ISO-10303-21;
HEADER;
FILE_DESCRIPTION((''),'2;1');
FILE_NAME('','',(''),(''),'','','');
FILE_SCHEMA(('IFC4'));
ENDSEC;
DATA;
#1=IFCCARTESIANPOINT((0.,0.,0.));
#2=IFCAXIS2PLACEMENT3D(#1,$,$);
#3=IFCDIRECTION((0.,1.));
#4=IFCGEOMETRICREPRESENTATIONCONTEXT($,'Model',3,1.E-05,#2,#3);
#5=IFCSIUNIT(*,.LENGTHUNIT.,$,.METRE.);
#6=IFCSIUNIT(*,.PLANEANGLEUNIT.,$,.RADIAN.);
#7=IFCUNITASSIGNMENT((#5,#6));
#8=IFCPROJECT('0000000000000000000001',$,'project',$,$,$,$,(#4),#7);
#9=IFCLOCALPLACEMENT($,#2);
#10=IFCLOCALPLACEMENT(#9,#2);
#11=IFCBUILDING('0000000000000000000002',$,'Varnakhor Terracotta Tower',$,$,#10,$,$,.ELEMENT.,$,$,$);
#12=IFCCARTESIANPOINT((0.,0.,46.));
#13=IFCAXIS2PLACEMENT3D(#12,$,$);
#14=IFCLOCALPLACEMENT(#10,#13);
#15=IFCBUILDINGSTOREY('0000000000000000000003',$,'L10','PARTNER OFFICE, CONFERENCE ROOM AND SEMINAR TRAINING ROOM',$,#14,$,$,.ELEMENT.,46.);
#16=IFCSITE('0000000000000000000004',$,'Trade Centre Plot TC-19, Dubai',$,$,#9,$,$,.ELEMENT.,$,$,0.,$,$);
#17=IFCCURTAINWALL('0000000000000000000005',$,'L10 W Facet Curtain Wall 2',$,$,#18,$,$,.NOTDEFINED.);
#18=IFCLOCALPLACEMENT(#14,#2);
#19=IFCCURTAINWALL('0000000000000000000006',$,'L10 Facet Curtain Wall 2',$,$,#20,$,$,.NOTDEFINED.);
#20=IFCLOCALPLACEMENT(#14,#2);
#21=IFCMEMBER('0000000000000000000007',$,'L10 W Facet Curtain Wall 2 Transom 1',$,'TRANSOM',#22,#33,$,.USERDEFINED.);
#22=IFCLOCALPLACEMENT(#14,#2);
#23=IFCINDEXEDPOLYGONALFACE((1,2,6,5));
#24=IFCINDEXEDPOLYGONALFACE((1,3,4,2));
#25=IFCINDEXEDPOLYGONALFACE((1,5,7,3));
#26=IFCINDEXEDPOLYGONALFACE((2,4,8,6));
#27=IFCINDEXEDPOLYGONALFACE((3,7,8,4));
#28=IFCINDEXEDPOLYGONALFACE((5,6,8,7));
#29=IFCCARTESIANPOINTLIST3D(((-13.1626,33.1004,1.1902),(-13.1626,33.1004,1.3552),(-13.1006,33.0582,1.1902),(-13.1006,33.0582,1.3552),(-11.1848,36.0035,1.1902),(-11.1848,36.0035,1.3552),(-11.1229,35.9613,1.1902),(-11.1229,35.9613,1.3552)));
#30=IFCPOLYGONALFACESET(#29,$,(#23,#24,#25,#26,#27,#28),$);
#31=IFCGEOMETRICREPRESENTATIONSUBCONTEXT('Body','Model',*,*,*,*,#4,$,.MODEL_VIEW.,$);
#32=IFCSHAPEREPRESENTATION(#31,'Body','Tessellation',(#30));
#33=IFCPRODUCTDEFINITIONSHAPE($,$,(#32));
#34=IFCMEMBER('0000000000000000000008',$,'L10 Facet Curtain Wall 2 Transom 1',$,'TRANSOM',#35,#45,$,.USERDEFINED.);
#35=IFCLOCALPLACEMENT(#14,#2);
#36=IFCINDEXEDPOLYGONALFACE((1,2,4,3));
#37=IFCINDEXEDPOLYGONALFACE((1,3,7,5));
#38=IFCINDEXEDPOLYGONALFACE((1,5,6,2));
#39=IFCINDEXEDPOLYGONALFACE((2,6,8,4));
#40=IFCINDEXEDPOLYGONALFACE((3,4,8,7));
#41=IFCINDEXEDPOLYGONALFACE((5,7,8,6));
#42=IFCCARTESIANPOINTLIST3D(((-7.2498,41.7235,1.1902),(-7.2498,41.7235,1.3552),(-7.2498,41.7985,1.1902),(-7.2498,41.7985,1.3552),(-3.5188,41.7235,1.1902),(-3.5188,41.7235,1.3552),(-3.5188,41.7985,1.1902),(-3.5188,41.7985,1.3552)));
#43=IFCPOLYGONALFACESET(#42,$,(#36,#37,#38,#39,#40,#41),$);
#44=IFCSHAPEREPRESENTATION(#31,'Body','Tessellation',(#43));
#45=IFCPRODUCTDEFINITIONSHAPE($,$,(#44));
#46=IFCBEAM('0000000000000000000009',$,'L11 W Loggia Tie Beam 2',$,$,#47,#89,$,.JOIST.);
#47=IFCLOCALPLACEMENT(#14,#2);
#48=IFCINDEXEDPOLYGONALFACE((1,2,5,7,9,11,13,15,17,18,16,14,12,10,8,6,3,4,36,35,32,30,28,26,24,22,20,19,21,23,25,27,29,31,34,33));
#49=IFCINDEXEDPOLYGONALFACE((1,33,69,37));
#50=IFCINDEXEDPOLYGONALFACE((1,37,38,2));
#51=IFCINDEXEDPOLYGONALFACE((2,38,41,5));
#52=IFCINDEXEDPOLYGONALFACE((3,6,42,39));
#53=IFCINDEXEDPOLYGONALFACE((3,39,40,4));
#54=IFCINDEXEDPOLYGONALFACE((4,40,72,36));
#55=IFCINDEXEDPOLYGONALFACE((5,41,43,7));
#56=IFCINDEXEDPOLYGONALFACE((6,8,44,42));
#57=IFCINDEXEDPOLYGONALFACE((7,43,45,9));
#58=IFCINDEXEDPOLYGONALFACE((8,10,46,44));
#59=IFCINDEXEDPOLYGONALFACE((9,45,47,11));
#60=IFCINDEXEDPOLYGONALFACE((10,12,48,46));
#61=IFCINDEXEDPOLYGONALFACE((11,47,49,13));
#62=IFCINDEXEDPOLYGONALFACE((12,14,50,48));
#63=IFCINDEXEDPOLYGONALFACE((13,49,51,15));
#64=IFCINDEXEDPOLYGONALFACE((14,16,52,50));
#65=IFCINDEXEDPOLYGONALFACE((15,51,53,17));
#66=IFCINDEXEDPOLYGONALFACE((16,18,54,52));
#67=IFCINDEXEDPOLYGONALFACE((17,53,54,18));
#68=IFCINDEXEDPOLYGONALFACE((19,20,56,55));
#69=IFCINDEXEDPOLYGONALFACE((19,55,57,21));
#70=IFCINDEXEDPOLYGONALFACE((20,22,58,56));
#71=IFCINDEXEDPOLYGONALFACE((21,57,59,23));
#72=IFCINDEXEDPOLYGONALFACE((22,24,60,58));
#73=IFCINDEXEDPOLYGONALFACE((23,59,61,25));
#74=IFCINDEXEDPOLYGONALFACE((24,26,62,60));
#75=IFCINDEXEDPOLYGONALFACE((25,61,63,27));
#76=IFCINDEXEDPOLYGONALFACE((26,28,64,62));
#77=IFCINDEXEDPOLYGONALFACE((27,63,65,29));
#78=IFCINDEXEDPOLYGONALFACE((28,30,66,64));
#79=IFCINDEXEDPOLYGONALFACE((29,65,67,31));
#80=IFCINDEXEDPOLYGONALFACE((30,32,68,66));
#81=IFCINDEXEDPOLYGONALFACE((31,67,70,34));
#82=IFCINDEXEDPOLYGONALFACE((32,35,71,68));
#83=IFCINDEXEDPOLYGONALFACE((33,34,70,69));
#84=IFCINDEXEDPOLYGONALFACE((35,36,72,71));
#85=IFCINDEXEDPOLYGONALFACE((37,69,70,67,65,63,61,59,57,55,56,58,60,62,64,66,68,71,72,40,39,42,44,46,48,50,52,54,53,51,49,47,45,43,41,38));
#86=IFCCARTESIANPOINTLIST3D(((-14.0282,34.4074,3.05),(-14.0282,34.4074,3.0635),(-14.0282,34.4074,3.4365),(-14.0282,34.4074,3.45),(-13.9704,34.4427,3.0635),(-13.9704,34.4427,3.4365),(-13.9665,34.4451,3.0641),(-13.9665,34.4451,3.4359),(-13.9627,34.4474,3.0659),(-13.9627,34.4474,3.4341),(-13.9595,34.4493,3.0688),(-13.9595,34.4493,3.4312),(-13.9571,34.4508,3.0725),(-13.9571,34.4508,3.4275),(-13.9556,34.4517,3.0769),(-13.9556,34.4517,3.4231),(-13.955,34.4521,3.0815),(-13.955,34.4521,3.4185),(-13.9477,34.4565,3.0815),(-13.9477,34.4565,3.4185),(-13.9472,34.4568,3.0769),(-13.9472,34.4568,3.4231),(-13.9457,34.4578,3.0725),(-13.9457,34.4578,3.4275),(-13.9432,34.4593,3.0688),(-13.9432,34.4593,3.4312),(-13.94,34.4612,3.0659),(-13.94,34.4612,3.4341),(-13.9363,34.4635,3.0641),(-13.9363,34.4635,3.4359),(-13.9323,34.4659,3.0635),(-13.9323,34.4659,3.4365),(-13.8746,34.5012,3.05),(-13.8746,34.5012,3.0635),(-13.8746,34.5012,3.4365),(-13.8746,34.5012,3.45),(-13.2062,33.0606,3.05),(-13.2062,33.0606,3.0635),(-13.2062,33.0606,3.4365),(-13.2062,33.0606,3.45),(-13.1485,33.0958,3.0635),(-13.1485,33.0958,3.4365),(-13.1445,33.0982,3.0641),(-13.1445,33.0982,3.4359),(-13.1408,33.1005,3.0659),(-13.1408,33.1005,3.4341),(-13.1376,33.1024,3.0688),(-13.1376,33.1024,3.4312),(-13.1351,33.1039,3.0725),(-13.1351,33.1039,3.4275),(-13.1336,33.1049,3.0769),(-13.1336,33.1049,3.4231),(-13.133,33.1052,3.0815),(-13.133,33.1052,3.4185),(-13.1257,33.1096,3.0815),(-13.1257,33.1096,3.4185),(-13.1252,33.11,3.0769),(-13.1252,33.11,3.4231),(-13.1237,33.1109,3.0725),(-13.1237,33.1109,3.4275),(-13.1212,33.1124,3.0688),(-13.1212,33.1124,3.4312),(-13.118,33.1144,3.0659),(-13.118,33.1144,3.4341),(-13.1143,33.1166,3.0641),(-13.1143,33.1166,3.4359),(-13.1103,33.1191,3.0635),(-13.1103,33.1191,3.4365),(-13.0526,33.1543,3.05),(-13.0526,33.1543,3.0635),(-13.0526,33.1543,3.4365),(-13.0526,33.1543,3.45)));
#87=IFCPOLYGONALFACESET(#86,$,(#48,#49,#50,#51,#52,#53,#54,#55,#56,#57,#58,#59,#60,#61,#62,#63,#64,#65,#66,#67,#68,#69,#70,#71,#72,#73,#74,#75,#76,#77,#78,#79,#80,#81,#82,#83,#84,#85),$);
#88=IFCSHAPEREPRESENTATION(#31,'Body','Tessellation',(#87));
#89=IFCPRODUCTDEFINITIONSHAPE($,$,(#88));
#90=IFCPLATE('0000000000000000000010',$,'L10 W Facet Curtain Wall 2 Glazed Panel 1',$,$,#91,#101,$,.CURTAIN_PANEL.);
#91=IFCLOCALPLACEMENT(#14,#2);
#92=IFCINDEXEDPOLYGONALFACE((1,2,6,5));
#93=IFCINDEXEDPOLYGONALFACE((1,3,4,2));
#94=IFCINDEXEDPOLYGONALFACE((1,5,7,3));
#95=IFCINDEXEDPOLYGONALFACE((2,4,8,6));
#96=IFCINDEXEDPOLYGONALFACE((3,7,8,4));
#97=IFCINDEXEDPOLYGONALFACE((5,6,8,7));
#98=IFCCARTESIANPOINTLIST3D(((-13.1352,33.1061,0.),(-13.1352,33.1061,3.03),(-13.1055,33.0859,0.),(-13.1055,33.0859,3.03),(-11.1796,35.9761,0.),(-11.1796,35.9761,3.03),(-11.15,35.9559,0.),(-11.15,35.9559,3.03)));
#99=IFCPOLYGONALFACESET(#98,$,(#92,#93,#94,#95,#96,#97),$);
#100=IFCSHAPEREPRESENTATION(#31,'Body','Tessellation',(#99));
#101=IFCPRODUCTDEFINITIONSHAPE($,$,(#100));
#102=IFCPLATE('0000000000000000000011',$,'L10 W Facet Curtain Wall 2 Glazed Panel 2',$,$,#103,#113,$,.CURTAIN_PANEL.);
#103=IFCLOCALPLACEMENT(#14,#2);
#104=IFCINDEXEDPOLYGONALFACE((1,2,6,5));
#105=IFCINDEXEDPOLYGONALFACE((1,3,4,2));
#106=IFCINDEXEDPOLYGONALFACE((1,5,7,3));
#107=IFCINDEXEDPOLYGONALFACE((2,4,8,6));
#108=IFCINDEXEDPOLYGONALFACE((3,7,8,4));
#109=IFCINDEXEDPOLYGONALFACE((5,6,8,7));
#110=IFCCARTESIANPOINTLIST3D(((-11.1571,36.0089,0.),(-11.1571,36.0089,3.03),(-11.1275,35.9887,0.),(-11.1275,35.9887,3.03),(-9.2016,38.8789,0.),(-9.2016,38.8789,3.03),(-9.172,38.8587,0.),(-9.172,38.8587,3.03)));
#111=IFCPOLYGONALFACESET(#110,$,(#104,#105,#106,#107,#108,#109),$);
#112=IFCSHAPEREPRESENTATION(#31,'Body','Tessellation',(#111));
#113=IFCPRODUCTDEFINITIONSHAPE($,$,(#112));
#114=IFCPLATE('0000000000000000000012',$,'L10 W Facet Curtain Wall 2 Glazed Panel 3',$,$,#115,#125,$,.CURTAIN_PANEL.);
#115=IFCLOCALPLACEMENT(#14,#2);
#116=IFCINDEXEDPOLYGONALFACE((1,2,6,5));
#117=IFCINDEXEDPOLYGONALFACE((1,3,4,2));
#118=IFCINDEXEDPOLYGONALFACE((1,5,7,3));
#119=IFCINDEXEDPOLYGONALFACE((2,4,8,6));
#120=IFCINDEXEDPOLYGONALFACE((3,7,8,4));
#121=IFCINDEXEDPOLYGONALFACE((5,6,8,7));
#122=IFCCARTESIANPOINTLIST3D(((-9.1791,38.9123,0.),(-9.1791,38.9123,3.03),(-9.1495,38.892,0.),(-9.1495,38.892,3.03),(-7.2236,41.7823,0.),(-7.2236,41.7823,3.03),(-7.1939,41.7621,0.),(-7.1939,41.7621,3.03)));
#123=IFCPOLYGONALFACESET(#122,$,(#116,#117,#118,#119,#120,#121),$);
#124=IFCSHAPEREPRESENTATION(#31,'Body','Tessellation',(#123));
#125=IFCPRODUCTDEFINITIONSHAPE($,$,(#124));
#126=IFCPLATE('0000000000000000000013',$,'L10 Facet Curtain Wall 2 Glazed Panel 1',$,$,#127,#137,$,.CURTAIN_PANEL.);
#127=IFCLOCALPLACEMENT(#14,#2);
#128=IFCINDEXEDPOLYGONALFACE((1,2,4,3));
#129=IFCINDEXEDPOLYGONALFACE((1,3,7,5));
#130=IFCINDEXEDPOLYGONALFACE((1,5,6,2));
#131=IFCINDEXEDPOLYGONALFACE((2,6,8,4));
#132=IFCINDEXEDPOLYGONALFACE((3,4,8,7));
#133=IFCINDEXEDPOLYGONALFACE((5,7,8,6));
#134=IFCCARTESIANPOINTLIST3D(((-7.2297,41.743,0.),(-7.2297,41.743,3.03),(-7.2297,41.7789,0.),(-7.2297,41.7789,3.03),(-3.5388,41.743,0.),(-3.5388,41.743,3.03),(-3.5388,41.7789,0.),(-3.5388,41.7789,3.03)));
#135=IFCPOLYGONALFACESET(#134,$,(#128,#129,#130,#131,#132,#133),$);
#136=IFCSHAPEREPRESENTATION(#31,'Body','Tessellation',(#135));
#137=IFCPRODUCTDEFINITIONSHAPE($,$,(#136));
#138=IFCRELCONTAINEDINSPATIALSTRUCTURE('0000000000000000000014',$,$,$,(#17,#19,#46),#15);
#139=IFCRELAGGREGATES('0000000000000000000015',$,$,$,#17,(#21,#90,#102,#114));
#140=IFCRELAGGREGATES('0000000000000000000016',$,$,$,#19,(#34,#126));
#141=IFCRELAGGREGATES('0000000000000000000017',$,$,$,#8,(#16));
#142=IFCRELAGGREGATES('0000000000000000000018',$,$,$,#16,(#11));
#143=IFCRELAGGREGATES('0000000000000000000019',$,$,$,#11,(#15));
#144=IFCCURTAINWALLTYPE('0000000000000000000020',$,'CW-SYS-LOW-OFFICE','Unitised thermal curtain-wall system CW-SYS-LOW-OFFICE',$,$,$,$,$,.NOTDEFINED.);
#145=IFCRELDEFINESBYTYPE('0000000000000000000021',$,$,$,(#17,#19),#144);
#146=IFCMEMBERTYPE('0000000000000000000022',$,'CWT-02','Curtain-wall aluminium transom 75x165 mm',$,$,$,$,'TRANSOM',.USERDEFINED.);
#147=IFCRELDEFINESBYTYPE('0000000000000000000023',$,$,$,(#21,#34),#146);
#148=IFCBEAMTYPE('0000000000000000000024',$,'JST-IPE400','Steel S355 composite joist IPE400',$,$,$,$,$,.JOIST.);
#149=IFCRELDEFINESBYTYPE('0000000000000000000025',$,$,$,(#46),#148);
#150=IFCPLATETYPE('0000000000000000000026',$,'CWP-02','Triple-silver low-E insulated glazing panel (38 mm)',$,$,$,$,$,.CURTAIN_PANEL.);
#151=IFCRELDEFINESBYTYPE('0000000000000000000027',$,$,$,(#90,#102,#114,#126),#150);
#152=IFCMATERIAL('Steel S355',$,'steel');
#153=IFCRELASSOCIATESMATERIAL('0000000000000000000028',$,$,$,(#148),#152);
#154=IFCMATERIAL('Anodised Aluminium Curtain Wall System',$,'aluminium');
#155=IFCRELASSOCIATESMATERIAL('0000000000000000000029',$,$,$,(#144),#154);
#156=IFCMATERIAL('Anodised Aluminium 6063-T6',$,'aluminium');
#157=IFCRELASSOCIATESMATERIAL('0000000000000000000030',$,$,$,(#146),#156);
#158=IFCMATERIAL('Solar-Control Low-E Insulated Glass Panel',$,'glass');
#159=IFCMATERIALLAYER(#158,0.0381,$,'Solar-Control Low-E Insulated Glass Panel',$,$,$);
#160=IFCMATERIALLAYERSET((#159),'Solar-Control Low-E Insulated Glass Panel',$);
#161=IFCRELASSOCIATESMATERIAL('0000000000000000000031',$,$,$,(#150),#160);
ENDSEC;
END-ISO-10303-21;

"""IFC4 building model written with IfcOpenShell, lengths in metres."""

from ifc_helpers import new_model, si_unit, direction, frame, origin, origin_2d, place, context, subcontext, project, spatial, rectangle, i_section, extrude, source, transform, mapped, material, layer, layer_set, material_profile, profile_set, type_object, element, aggregate, save


model = new_model("IFC4")

# Units and contexts
model_context = context("Model", 3, precision=1e-05, world=origin(), true_north=direction((0.0, 1.0)))
body_context = subcontext(model_context, "Body", "Model", "MODEL_VIEW")
ifc_project = project(units=[si_unit("LENGTHUNIT", "METRE"), si_unit("PLANEANGLEUNIT", "RADIAN")], contexts=[model_context])

# Site, building, storey
site_placement = place(None, origin())
site = spatial("IfcSite", under=ifc_project, at=site_placement, Name="Trade Centre Plot TC-19, Dubai", CompositionType="ELEMENT", RefElevation=0.0)
building_placement = place(site_placement, origin())
building = spatial("IfcBuilding", under=site, at=building_placement, Name="Varnakhor Terracotta Tower", CompositionType="ELEMENT")
storey_placement = place(building_placement, frame((0.0, 0.0, 46.0)))
storey = spatial("IfcBuildingStorey", under=building, at=storey_placement, Name="L10", Description="PARTNER OFFICE, CONFERENCE ROOM AND SEMINAR TRAINING ROOM", CompositionType="ELEMENT", Elevation=46.0)

# Shared definitions
ifc_material_1 = material(Name="Steel S355", Category="steel")
ifc_material_profile_1 = material_profile(ifc_material_1, i_section(OverallWidth=0.1799, OverallDepth=0.3999, WebThickness=0.0085, FlangeThickness=0.0134, FilletRadius=0.0181, at=origin_2d()), Name="IPE400")
ifc_profile_set_1 = profile_set([ifc_material_profile_1], Name="Steel S355")
beam_type_1 = type_object("IfcBeamType", Name="JST-IPE400", Description="Steel S355 composite joist IPE400", PredefinedType="JOIST", material=ifc_profile_set_1)

# Curtain wall
ifc_material_2 = material(Name="Anodised Aluminium Curtain Wall System", Category="aluminium")
curtain_wall_type = type_object("IfcCurtainWallType", Name="CW-SYS-LOW-OFFICE", Description="Unitised thermal curtain-wall system CW-SYS-LOW-OFFICE", PredefinedType="NOTDEFINED", material=ifc_material_2)
curtain_wall_1_placement = place(storey_placement, origin())
curtain_wall_1 = element("IfcCurtainWall", 1, at=curtain_wall_1_placement, inside=storey, type_object=curtain_wall_type, Name="L10 W Facet Curtain Wall 2", PredefinedType="NOTDEFINED")
ifc_material_3 = material(Name="Anodised Aluminium 6063-T6", Category="aluminium")

# Curtain wall
curtain_wall_2_placement = place(storey_placement, origin())
curtain_wall_2 = element("IfcCurtainWall", 2, at=curtain_wall_2_placement, inside=storey, type_object=curtain_wall_type, Name="L10 Facet Curtain Wall 2", PredefinedType="NOTDEFINED")

# Members
ifc_material_profile_2 = material_profile(ifc_material_3, rectangle(XDim=0.075, YDim=0.165, at=origin_2d()), Name="ALU TRANSOM 75x165")
ifc_profile_set_2 = profile_set([ifc_material_profile_2], Name="Anodised Aluminium 6063-T6")
member_type_1 = type_object("IfcMemberType", Name="CWT-02", Description="Curtain-wall aluminium transom 75x165 mm", ElementType="TRANSOM", PredefinedType="USERDEFINED", material=ifc_profile_set_2)
shared_shape_1 = source(origin(), body_context, "Body", "SweptSolid", [
    extrude(rectangle(XDim=0.075, YDim=0.165, at=origin_2d()), origin(), (0.0, 0.0, 1.0), 3.5127),
])
member_1_placement = place(storey_placement, frame((-13.1316, 33.0793, 1.2727), z_axis=(0.563028, 0.826438, 0.0), x_axis=(-0.826438, 0.563028, 0.0)))
member_1 = element("IfcMember", 3, at=member_1_placement, type_object=member_type_1, Name="L10 W Facet Curtain Wall 2 Transom 1", ObjectType="TRANSOM", PredefinedType="USERDEFINED", context=body_context, shape_type="MappedRepresentation", body=[
    mapped(shared_shape_1, transform((0.0, 0.0, 0.0), scale=1.0)),
])
shared_shape_2 = source(origin(), body_context, "Body", "SweptSolid", [
    extrude(rectangle(XDim=0.075, YDim=0.165, at=origin_2d()), origin(), (0.0, 0.0, 1.0), 3.731),
])
member_2_placement = place(storey_placement, frame((-7.2498, 41.761, 1.2727), z_axis=(1.0, 0.0, 0.0), x_axis=(0.0, 1.0, 0.0)))
member_2 = element("IfcMember", 4, at=member_2_placement, type_object=member_type_1, Name="L10 Facet Curtain Wall 2 Transom 1", ObjectType="TRANSOM", PredefinedType="USERDEFINED", context=body_context, shape_type="MappedRepresentation", body=[
    mapped(shared_shape_2, transform((0.0, 0.0, 0.0), scale=1.0)),
])

# Beam
shared_shape_3 = source(origin(), body_context, "Body", "SweptSolid", [
    extrude(i_section(OverallWidth=0.1799, OverallDepth=0.3999, WebThickness=0.0085, FlangeThickness=0.0134, FilletRadius=0.0181, at=origin_2d()), origin(), (0.0, 0.0, 1.0), 1.5779),
])
beam_1_placement = place(storey_placement, frame((-13.1294, 33.1074, 3.25), z_axis=(-0.520943, 0.853591, 0.0), x_axis=(-0.853591, -0.520943, 0.0)))
element("IfcBeam", 5, at=beam_1_placement, inside=storey, type_object=beam_type_1, Name="L11 W Loggia Tie Beam 2", PredefinedType="JOIST", context=body_context, shape_type="MappedRepresentation", body=[
    mapped(shared_shape_3, transform((0.0, 0.0, 0.0), scale=1.0)),
])

# Plates
ifc_material_4 = material(Name="Solar-Control Low-E Insulated Glass Panel", Category="glass")
ifc_layer_1 = layer(ifc_material_4, 0.0381, Name="Solar-Control Low-E Insulated Glass Panel")
ifc_layer_set_1 = layer_set([ifc_layer_1], Name="Solar-Control Low-E Insulated Glass Panel")
plate_type = type_object("IfcPlateType", Name="CWP-02", Description="Triple-silver low-E insulated glazing panel (38 mm)", PredefinedType="CURTAIN_PANEL", material=ifc_layer_set_1)
shared_shape_4 = source(origin(), body_context, "Body", "SweptSolid", [
    extrude(rectangle(XDim=3.4729, YDim=0.0359, at=origin_2d()), origin(), (0.0, 0.0, 1.0), 3.03),
])
plate_1_placement = place(storey_placement, frame((-12.1426, 34.531, 0.0), z_axis=(0.0, 0.0, 1.0), x_axis=(0.563079, 0.826403, 0.0)))
plate_1 = element("IfcPlate", 6, at=plate_1_placement, type_object=plate_type, Name="L10 W Facet Curtain Wall 2 Glazed Panel 1", PredefinedType="CURTAIN_PANEL", context=body_context, shape_type="MappedRepresentation", body=[
    mapped(shared_shape_4, transform((0.0, 0.0, 0.0), scale=1.0)),
])
plate_2_placement = place(storey_placement, frame((-10.1646, 37.4338, 0.0), z_axis=(0.0, 0.0, 1.0), x_axis=(0.563079, 0.826403, 0.0)))
plate_2 = element("IfcPlate", 7, at=plate_2_placement, type_object=plate_type, Name="L10 W Facet Curtain Wall 2 Glazed Panel 2", PredefinedType="CURTAIN_PANEL", context=body_context, shape_type="MappedRepresentation", body=[
    mapped(shared_shape_4, transform((0.0, 0.0, 0.0), scale=1.0)),
])
plate_3_placement = place(storey_placement, frame((-8.1865, 40.3372, 0.0), z_axis=(0.0, 0.0, 1.0), x_axis=(0.563079, 0.826403, 0.0)))
plate_3 = element("IfcPlate", 8, at=plate_3_placement, type_object=plate_type, Name="L10 W Facet Curtain Wall 2 Glazed Panel 3", PredefinedType="CURTAIN_PANEL", context=body_context, shape_type="MappedRepresentation", body=[
    mapped(shared_shape_4, transform((0.0, 0.0, 0.0), scale=1.0)),
])
aggregate(curtain_wall_1, [member_1, plate_1, plate_2, plate_3])
shared_shape_5 = source(origin(), body_context, "Body", "SweptSolid", [
    extrude(rectangle(XDim=3.6909, YDim=0.0359, at=origin_2d()), origin(), (0.0, 0.0, 1.0), 3.03),
])
plate_4_placement = place(storey_placement, frame((-5.3843, 41.761, 0.0), z_axis=(0.0, 0.0, 1.0), x_axis=(1.0, 0.0, 0.0)))
plate_4 = element("IfcPlate", 9, at=plate_4_placement, type_object=plate_type, Name="L10 Facet Curtain Wall 2 Glazed Panel 1", PredefinedType="CURTAIN_PANEL", context=body_context, shape_type="MappedRepresentation", body=[
    mapped(shared_shape_5, transform((0.0, 0.0, 0.0), scale=1.0)),
])
aggregate(curtain_wall_2, [member_2, plate_4])

save(model, "model.ifc")
